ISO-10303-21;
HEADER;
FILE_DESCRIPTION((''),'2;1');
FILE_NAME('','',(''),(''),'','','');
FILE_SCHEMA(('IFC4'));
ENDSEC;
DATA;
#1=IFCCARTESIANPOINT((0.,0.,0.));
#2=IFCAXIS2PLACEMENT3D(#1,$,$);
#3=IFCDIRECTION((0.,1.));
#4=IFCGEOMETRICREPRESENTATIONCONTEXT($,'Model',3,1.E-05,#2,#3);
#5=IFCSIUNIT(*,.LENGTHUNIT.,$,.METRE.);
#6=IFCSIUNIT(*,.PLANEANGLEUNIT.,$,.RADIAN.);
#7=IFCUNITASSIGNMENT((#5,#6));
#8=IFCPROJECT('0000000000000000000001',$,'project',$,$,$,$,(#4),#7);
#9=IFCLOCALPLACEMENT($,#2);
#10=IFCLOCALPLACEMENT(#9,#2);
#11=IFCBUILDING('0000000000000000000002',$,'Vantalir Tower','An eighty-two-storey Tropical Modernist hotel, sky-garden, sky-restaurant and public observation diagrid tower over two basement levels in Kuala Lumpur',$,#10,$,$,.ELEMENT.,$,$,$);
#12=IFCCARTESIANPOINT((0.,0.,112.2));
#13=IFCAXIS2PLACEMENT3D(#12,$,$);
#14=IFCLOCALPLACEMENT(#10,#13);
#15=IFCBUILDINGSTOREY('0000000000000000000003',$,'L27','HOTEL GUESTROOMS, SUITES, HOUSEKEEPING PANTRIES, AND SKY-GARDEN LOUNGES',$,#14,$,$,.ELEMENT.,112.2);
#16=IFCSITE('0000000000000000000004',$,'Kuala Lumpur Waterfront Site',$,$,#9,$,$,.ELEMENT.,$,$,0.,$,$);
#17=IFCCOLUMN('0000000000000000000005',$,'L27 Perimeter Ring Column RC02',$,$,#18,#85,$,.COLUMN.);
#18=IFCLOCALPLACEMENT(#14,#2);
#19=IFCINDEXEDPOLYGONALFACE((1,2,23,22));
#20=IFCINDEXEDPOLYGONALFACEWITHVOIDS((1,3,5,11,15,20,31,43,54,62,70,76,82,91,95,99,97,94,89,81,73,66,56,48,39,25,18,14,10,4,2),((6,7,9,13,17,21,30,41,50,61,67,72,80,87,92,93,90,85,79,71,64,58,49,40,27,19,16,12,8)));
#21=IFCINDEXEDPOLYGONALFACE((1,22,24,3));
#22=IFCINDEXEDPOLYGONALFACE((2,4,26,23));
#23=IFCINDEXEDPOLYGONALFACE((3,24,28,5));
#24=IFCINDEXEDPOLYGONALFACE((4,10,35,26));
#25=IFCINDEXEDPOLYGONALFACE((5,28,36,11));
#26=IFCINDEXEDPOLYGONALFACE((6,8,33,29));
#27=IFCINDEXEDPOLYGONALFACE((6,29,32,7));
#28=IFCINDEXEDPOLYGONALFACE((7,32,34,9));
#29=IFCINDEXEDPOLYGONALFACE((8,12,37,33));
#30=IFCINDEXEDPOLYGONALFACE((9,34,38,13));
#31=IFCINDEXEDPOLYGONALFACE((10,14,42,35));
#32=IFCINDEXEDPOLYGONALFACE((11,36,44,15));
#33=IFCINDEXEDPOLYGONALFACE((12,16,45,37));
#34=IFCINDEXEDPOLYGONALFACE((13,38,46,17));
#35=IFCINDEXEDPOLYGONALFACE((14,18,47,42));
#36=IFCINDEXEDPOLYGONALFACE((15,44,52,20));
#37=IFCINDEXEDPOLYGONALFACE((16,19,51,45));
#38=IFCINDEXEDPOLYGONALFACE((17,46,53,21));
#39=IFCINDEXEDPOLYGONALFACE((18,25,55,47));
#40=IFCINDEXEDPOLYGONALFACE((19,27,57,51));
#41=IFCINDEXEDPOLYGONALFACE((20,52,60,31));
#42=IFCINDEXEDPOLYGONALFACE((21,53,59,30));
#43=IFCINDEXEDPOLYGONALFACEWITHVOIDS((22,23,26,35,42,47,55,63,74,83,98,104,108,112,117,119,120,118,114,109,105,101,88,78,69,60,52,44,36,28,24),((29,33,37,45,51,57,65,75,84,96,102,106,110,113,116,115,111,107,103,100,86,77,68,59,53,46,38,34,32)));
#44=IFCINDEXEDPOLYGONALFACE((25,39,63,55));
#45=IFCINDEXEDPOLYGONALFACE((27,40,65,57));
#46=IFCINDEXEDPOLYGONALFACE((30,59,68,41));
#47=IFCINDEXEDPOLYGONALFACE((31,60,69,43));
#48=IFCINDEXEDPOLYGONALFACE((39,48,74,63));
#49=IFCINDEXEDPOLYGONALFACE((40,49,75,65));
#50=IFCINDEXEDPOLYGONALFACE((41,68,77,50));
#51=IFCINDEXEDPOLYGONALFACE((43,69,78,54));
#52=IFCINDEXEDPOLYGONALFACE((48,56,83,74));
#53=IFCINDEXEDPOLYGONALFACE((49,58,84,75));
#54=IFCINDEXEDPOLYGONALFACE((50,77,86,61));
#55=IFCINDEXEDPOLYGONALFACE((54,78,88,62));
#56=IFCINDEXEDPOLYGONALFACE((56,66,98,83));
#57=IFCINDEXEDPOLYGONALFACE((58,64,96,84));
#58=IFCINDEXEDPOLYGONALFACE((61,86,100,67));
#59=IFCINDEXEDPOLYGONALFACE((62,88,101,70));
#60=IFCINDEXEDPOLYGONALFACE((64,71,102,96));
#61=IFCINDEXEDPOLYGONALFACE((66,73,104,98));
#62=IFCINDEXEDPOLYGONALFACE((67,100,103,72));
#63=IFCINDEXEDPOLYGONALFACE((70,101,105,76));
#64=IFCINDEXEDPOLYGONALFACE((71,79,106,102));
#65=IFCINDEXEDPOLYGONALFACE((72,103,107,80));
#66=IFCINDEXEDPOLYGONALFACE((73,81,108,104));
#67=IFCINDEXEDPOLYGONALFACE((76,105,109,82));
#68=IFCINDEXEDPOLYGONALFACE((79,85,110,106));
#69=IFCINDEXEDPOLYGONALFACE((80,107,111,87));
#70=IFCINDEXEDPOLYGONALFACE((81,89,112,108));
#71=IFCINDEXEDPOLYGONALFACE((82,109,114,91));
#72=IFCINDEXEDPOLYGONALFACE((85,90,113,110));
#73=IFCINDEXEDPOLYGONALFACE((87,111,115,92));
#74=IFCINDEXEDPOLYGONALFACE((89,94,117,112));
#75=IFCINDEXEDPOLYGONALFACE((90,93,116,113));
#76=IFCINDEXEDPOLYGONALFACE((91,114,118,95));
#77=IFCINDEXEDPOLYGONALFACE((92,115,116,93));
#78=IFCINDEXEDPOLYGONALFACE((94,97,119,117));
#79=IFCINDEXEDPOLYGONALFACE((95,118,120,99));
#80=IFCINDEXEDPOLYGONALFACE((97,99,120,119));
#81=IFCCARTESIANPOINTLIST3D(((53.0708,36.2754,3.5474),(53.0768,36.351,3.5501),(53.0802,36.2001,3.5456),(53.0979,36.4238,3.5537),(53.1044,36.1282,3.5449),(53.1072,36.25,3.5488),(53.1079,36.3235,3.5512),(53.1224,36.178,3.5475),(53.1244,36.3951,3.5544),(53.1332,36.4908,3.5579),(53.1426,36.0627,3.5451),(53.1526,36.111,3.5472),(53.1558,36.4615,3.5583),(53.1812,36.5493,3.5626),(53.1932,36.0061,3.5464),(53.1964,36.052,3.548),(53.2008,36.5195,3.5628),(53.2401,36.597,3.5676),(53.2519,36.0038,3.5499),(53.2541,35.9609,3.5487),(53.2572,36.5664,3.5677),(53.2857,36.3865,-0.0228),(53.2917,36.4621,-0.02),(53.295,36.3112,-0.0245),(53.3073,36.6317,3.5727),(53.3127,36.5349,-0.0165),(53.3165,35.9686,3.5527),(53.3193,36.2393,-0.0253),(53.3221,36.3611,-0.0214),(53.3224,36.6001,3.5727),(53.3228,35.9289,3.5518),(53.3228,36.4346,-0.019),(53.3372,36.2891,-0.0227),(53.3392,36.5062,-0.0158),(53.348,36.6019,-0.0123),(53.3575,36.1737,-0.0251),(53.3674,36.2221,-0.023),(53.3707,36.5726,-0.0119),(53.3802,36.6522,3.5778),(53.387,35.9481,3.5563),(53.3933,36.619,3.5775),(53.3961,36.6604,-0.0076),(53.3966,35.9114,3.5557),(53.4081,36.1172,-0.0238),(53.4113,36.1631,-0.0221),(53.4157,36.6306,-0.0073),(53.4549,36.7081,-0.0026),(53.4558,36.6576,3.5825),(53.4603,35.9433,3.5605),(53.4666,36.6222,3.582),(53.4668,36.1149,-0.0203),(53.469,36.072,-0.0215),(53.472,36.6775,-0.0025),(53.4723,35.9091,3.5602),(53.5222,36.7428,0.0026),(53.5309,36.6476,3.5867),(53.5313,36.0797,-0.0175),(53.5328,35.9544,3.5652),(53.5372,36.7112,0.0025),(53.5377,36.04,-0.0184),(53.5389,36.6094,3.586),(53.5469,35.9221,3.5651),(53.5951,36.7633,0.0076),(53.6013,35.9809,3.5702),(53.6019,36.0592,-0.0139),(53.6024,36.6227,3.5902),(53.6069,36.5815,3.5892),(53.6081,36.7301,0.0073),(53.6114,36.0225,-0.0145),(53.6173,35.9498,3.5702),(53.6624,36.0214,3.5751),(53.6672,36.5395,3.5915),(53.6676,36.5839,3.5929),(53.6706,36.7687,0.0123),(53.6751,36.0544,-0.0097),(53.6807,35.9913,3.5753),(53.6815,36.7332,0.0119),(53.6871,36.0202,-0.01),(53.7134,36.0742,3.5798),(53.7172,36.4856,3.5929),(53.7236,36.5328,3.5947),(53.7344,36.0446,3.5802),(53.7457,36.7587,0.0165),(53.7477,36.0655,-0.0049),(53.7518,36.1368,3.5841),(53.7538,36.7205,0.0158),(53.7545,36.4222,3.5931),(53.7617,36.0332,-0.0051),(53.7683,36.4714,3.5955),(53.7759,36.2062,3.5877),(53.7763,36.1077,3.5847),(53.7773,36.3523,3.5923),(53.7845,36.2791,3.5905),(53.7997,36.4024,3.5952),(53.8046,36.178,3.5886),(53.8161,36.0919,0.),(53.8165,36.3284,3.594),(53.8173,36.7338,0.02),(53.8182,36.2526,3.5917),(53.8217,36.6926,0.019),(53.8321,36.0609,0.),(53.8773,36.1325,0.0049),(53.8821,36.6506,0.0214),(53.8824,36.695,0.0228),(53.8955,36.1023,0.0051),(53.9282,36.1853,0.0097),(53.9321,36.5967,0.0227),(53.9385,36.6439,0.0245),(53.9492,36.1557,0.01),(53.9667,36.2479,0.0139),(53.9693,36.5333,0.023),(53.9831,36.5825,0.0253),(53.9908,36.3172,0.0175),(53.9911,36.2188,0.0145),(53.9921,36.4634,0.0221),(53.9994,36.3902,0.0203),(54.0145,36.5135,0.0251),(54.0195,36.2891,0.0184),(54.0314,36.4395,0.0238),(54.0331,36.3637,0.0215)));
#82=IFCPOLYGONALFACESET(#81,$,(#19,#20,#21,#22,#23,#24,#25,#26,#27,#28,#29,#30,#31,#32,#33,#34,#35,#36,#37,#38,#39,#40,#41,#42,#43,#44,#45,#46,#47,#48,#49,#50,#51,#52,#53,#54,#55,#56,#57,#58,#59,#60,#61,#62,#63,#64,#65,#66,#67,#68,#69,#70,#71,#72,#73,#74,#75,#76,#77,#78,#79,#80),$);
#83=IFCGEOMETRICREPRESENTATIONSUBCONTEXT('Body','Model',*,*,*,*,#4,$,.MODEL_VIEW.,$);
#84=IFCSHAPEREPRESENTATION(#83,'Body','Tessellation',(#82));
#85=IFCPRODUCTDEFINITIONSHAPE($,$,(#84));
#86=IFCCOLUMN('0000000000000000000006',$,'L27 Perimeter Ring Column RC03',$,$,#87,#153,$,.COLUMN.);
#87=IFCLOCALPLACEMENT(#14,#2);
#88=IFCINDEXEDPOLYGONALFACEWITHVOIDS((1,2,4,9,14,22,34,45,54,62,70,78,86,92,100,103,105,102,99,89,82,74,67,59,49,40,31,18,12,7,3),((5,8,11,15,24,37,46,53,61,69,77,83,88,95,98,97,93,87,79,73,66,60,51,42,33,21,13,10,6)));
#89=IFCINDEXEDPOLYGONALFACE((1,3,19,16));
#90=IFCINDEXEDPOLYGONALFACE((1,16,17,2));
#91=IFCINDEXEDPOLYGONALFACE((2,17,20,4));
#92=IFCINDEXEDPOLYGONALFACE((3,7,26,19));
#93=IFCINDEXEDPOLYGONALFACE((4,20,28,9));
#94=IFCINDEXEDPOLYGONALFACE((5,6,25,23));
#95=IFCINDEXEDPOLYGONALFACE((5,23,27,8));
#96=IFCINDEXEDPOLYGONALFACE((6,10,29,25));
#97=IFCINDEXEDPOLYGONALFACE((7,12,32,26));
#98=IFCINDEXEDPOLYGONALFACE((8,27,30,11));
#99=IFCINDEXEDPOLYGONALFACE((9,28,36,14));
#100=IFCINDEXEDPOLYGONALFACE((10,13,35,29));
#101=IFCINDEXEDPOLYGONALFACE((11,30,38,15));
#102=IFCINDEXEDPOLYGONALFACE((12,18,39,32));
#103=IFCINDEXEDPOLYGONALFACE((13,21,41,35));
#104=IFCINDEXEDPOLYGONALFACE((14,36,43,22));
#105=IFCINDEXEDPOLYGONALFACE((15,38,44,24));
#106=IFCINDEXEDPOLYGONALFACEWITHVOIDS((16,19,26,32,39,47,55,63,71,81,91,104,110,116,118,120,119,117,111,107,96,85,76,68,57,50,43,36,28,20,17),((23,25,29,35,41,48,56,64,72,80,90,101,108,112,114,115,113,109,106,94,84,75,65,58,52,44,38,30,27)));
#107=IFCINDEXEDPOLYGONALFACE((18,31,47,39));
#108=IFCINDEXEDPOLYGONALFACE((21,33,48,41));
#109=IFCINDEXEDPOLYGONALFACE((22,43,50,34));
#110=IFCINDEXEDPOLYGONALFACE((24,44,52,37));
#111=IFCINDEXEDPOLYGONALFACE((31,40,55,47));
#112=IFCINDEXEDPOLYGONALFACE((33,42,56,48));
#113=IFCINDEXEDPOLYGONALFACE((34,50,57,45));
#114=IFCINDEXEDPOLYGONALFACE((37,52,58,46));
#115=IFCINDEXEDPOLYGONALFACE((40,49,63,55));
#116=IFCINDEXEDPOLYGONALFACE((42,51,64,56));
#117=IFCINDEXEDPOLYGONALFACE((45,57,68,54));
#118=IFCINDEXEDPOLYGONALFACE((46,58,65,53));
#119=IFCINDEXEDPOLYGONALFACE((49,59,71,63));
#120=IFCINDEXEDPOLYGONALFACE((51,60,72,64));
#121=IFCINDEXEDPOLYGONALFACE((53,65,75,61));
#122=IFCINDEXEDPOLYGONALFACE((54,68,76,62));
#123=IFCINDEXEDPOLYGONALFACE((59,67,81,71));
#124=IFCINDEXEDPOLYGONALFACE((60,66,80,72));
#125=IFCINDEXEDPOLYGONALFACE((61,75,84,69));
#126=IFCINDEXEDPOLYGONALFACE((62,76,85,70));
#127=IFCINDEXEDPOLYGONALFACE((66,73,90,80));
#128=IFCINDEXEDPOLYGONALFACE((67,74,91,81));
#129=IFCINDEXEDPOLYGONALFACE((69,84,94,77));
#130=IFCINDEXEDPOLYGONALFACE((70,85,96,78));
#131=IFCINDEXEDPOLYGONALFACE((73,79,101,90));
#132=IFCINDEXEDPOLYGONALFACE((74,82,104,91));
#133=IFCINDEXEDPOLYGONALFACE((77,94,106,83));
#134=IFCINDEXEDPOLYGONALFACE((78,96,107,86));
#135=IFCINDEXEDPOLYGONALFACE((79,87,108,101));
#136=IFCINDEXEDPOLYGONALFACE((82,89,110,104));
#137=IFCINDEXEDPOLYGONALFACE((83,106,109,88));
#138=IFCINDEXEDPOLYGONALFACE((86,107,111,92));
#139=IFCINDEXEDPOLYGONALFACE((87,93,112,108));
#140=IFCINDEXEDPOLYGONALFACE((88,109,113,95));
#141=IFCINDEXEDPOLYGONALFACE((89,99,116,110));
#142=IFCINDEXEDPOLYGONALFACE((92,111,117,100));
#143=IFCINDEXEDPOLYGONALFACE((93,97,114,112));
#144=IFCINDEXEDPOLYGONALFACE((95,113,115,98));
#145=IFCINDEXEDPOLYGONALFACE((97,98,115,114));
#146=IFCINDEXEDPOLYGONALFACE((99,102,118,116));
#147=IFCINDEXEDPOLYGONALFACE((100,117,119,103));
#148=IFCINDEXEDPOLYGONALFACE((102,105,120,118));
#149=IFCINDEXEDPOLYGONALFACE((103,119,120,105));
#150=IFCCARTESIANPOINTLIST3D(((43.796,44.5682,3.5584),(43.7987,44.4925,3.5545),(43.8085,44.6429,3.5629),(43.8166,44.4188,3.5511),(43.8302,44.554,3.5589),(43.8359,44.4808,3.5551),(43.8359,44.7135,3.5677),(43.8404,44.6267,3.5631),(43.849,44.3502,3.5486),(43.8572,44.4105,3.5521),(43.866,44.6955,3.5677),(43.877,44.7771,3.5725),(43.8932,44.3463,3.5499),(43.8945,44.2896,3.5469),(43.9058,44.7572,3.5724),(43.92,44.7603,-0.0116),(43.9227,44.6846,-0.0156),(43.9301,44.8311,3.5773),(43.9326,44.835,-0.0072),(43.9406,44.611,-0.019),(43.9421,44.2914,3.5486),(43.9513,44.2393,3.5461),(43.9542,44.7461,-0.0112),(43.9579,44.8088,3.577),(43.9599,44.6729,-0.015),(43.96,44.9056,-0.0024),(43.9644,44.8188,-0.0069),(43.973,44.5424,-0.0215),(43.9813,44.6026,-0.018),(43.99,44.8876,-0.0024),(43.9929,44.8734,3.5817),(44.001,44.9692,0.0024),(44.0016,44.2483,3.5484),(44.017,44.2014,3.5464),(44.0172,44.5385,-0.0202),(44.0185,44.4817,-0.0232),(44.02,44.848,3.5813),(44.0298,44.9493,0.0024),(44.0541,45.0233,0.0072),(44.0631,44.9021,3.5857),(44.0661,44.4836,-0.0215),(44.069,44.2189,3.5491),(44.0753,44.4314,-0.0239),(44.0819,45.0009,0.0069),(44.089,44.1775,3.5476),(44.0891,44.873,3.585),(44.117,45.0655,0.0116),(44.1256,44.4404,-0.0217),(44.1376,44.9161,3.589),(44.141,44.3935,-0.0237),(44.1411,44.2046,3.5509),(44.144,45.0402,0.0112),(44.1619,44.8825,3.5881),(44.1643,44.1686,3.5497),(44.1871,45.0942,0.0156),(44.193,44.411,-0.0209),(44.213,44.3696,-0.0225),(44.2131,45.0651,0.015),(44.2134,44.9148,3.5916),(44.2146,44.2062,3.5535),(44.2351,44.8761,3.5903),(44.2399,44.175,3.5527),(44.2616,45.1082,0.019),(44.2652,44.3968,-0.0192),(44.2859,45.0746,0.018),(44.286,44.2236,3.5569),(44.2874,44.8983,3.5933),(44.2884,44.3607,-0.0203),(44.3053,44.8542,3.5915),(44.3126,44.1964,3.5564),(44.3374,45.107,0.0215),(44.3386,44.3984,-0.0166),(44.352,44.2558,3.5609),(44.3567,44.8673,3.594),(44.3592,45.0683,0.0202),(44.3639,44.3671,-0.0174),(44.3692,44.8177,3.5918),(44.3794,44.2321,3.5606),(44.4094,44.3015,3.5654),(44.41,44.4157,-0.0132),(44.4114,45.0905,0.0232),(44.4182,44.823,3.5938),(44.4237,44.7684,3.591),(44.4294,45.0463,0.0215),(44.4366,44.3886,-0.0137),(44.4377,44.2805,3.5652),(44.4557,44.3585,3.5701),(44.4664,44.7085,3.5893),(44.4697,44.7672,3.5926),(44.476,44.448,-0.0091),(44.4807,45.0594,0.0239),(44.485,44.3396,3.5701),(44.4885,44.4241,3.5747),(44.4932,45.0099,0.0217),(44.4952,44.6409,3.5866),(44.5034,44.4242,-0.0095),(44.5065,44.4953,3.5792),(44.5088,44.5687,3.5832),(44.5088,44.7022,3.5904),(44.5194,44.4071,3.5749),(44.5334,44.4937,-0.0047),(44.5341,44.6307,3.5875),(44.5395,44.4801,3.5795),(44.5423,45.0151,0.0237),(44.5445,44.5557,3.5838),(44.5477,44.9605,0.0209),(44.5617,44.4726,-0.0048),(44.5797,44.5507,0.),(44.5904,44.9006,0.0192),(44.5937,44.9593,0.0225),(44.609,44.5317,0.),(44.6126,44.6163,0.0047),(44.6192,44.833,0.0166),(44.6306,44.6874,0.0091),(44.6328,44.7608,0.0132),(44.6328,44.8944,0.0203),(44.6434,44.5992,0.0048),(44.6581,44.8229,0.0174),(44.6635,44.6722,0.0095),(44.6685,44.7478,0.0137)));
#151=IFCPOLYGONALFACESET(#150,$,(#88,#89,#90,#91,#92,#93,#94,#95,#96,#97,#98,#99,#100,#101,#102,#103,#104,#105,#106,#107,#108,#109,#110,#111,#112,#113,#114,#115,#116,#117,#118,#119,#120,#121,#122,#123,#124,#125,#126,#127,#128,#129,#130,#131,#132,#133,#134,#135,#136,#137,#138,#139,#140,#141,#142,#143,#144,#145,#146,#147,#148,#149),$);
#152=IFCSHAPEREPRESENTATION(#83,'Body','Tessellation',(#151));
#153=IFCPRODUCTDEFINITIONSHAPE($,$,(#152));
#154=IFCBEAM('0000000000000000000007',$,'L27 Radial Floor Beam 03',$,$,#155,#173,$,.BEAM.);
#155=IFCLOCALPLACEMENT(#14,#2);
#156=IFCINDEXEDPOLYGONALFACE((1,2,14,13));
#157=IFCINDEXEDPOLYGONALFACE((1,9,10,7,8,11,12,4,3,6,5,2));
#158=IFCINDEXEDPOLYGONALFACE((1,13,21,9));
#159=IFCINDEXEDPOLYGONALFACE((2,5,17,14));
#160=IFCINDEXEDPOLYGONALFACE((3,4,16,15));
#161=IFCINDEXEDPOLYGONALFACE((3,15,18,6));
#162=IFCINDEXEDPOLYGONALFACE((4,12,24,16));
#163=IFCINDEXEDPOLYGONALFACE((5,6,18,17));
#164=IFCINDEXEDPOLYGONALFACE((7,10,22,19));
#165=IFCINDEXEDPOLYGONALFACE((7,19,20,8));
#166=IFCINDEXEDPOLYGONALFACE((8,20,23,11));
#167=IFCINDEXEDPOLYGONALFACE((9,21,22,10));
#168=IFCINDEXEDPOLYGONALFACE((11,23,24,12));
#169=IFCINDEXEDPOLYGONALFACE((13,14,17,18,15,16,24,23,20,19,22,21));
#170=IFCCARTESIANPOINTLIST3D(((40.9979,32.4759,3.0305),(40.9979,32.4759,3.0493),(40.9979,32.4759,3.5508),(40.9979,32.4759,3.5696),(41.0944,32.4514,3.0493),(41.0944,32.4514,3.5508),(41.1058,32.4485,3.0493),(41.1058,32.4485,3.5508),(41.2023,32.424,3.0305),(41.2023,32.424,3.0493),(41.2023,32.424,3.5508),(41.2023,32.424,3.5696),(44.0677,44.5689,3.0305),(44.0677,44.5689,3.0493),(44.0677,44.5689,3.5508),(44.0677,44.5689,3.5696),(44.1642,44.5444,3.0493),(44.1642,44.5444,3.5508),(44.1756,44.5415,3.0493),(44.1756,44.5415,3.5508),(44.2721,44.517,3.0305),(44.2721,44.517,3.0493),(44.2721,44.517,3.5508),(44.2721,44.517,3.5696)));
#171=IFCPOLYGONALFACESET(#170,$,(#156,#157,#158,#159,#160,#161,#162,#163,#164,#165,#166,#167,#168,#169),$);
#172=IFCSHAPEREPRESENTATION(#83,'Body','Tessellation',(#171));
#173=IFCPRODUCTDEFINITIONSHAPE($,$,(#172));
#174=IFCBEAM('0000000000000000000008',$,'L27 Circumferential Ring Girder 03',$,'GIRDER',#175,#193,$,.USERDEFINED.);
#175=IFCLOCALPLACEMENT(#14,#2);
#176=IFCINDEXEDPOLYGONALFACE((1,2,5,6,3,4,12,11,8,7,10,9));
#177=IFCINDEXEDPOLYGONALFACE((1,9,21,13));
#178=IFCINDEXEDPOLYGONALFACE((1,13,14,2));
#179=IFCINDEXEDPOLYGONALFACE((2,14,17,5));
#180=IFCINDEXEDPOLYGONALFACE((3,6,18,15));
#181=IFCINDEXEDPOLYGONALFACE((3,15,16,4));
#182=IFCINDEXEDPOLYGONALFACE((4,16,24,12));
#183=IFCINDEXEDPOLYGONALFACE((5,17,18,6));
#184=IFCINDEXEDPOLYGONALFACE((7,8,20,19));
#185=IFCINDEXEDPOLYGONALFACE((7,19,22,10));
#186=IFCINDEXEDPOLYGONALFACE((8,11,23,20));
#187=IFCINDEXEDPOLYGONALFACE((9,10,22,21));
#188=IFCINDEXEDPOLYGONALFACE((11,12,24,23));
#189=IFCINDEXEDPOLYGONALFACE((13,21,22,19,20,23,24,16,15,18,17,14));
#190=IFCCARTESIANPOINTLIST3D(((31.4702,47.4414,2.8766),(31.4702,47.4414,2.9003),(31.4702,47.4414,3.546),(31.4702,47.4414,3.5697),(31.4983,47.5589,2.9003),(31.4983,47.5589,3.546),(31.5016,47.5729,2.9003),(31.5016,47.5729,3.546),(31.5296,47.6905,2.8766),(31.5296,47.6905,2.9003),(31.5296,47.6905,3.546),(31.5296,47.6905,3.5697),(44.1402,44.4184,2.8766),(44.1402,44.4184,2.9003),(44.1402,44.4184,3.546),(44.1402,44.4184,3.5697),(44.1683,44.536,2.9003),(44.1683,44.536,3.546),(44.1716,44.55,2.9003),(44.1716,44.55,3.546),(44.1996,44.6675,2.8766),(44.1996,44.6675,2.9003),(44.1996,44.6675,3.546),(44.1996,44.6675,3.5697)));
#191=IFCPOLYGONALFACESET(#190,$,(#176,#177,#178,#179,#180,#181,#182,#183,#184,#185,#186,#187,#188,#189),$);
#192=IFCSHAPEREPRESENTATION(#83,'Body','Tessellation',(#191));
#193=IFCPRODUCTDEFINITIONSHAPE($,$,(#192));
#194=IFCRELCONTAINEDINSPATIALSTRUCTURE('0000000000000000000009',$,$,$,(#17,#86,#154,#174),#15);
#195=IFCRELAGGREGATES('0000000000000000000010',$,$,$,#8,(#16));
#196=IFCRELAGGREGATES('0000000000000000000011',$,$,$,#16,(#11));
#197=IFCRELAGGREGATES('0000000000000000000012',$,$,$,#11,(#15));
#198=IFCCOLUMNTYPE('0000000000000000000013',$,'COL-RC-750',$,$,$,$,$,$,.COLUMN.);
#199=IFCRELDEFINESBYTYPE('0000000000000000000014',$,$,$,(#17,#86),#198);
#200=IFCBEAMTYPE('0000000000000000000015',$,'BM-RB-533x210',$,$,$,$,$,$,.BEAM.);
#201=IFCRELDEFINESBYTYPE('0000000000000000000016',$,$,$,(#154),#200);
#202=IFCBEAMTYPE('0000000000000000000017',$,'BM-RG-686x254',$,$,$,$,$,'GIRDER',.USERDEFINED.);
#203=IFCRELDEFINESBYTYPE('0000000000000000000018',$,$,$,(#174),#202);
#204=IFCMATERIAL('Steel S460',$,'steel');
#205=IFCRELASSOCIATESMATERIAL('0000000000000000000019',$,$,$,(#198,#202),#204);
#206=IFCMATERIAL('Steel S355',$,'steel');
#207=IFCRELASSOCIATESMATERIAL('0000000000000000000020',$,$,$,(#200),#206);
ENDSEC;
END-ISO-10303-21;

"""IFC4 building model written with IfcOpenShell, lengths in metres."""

from ifc_helpers import new_model, si_unit, direction, frame, origin, origin_2d, place, context, subcontext, project, spatial, hollow_circle, i_section, extrude, material, material_profile, profile_set, type_object, element, save


model = new_model("IFC4")

# Units and contexts
model_context = context("Model", 3, precision=1e-05, world=origin(), true_north=direction((0.0, 1.0)))
body_context = subcontext(model_context, "Body", "Model", "MODEL_VIEW")
ifc_project = project(units=[si_unit("LENGTHUNIT", "METRE"), si_unit("PLANEANGLEUNIT", "RADIAN")], contexts=[model_context])

# Site, building, storey
site_placement = place(None, origin())
site = spatial("IfcSite", under=ifc_project, at=site_placement, Name="Kuala Lumpur Waterfront Site", CompositionType="ELEMENT", RefElevation=0.0)
building_placement = place(site_placement, origin())
building = spatial("IfcBuilding", under=site, at=building_placement, Name="Vantalir Tower", Description="An eighty-two-storey Tropical Modernist hotel, sky-garden, sky-restaurant and public observation diagrid tower over two basement levels in Kuala Lumpur", CompositionType="ELEMENT")
storey_placement = place(building_placement, frame((0.0, 0.0, 112.2)))
storey = spatial("IfcBuildingStorey", under=building, at=storey_placement, Name="L27", Description="HOTEL GUESTROOMS, SUITES, HOUSEKEEPING PANTRIES, AND SKY-GARDEN LOUNGES", CompositionType="ELEMENT", Elevation=112.2)

# Columns
ifc_material_1 = material(Name="Steel S460", Category="steel")
ifc_material_profile_1 = material_profile(ifc_material_1, hollow_circle(Radius=0.375, WallThickness=0.0349, at=origin_2d()), Name="Steel S460")
ifc_profile_set_1 = profile_set([ifc_material_profile_1], Name="Steel S460")
column_type = type_object("IfcColumnType", Name="COL-RC-750", PredefinedType="COLUMN", material=ifc_profile_set_1)
column_1_placement = place(storey_placement, frame((53.6599, 36.394, 0.0), z_axis=(-0.060042, -0.031044, 0.997713), x_axis=(0.459286, -0.888289, 0.0)))
element("IfcColumn", 1, at=column_1_placement, inside=storey, type_object=column_type, Name="L27 Perimeter Ring Column RC02", PredefinedType="COLUMN", context=body_context, shape_type="SweptSolid", body=[
    extrude(hollow_circle(Radius=0.375, WallThickness=0.0349, at=origin_2d()), origin(), (0.0, 0.0, 1.0), 3.5784),
])
column_2_placement = place(storey_placement, frame((44.2939, 44.7351, 0.0), z_axis=(-0.034669, -0.053709, 0.997955), x_axis=(0.840171, -0.542321, 0.0)))
element("IfcColumn", 2, at=column_2_placement, inside=storey, type_object=column_type, Name="L27 Perimeter Ring Column RC03", PredefinedType="COLUMN", context=body_context, shape_type="SweptSolid", body=[
    extrude(hollow_circle(Radius=0.375, WallThickness=0.0349, at=origin_2d()), origin(), (0.0, 0.0, 1.0), 3.5774),
])

# Beams
ifc_material_2 = material(Name="Steel S355", Category="steel")
ifc_material_profile_2 = material_profile(ifc_material_2, i_section(OverallWidth=0.2109, OverallDepth=0.5391, WebThickness=0.0117, FlangeThickness=0.0188, at=origin_2d()), Name="Steel S355")
ifc_profile_set_2 = profile_set([ifc_material_profile_2], Name="Steel S355")
beam_type_1 = type_object("IfcBeamType", Name="BM-RB-533x210", PredefinedType="BEAM", material=ifc_profile_set_2)
beam_1_placement = place(storey_placement, frame((44.1699, 44.543, 3.3), z_axis=(-0.246047, -0.969258, 0.0), x_axis=(0.969258, -0.246047, 0.0)))
element("IfcBeam", 3, at=beam_1_placement, inside=storey, type_object=beam_type_1, Name="L27 Radial Floor Beam 03", PredefinedType="BEAM", context=body_context, shape_type="SweptSolid", body=[
    extrude(i_section(OverallWidth=0.2109, OverallDepth=0.5391, WebThickness=0.0117, FlangeThickness=0.0188, at=origin_2d()), origin(), (0.0, 0.0, 1.0), 12.4766),
])
ifc_material_profile_3 = material_profile(ifc_material_1, i_section(OverallWidth=0.2561, OverallDepth=0.6931, WebThickness=0.0144, FlangeThickness=0.0237, at=origin_2d()), Name="Steel S460")
ifc_profile_set_3 = profile_set([ifc_material_profile_3], Name="Steel S460")
beam_type_2 = type_object("IfcBeamType", Name="BM-RG-686x254", ElementType="GIRDER", PredefinedType="USERDEFINED", material=ifc_profile_set_3)
beam_2_placement = place(storey_placement, frame((44.1699, 44.543, 3.2231), z_axis=(-0.972697, 0.232078, 0.0), x_axis=(-0.232078, -0.972697, 0.0)))
element("IfcBeam", 4, at=beam_2_placement, inside=storey, type_object=beam_type_2, Name="L27 Circumferential Ring Girder 03", ObjectType="GIRDER", PredefinedType="USERDEFINED", context=body_context, shape_type="SweptSolid", body=[
    extrude(i_section(OverallWidth=0.2561, OverallDepth=0.6931, WebThickness=0.0144, FlangeThickness=0.0237, at=origin_2d()), origin(), (0.0, 0.0, 1.0), 13.0256),
])

save(model, "model.ifc")
